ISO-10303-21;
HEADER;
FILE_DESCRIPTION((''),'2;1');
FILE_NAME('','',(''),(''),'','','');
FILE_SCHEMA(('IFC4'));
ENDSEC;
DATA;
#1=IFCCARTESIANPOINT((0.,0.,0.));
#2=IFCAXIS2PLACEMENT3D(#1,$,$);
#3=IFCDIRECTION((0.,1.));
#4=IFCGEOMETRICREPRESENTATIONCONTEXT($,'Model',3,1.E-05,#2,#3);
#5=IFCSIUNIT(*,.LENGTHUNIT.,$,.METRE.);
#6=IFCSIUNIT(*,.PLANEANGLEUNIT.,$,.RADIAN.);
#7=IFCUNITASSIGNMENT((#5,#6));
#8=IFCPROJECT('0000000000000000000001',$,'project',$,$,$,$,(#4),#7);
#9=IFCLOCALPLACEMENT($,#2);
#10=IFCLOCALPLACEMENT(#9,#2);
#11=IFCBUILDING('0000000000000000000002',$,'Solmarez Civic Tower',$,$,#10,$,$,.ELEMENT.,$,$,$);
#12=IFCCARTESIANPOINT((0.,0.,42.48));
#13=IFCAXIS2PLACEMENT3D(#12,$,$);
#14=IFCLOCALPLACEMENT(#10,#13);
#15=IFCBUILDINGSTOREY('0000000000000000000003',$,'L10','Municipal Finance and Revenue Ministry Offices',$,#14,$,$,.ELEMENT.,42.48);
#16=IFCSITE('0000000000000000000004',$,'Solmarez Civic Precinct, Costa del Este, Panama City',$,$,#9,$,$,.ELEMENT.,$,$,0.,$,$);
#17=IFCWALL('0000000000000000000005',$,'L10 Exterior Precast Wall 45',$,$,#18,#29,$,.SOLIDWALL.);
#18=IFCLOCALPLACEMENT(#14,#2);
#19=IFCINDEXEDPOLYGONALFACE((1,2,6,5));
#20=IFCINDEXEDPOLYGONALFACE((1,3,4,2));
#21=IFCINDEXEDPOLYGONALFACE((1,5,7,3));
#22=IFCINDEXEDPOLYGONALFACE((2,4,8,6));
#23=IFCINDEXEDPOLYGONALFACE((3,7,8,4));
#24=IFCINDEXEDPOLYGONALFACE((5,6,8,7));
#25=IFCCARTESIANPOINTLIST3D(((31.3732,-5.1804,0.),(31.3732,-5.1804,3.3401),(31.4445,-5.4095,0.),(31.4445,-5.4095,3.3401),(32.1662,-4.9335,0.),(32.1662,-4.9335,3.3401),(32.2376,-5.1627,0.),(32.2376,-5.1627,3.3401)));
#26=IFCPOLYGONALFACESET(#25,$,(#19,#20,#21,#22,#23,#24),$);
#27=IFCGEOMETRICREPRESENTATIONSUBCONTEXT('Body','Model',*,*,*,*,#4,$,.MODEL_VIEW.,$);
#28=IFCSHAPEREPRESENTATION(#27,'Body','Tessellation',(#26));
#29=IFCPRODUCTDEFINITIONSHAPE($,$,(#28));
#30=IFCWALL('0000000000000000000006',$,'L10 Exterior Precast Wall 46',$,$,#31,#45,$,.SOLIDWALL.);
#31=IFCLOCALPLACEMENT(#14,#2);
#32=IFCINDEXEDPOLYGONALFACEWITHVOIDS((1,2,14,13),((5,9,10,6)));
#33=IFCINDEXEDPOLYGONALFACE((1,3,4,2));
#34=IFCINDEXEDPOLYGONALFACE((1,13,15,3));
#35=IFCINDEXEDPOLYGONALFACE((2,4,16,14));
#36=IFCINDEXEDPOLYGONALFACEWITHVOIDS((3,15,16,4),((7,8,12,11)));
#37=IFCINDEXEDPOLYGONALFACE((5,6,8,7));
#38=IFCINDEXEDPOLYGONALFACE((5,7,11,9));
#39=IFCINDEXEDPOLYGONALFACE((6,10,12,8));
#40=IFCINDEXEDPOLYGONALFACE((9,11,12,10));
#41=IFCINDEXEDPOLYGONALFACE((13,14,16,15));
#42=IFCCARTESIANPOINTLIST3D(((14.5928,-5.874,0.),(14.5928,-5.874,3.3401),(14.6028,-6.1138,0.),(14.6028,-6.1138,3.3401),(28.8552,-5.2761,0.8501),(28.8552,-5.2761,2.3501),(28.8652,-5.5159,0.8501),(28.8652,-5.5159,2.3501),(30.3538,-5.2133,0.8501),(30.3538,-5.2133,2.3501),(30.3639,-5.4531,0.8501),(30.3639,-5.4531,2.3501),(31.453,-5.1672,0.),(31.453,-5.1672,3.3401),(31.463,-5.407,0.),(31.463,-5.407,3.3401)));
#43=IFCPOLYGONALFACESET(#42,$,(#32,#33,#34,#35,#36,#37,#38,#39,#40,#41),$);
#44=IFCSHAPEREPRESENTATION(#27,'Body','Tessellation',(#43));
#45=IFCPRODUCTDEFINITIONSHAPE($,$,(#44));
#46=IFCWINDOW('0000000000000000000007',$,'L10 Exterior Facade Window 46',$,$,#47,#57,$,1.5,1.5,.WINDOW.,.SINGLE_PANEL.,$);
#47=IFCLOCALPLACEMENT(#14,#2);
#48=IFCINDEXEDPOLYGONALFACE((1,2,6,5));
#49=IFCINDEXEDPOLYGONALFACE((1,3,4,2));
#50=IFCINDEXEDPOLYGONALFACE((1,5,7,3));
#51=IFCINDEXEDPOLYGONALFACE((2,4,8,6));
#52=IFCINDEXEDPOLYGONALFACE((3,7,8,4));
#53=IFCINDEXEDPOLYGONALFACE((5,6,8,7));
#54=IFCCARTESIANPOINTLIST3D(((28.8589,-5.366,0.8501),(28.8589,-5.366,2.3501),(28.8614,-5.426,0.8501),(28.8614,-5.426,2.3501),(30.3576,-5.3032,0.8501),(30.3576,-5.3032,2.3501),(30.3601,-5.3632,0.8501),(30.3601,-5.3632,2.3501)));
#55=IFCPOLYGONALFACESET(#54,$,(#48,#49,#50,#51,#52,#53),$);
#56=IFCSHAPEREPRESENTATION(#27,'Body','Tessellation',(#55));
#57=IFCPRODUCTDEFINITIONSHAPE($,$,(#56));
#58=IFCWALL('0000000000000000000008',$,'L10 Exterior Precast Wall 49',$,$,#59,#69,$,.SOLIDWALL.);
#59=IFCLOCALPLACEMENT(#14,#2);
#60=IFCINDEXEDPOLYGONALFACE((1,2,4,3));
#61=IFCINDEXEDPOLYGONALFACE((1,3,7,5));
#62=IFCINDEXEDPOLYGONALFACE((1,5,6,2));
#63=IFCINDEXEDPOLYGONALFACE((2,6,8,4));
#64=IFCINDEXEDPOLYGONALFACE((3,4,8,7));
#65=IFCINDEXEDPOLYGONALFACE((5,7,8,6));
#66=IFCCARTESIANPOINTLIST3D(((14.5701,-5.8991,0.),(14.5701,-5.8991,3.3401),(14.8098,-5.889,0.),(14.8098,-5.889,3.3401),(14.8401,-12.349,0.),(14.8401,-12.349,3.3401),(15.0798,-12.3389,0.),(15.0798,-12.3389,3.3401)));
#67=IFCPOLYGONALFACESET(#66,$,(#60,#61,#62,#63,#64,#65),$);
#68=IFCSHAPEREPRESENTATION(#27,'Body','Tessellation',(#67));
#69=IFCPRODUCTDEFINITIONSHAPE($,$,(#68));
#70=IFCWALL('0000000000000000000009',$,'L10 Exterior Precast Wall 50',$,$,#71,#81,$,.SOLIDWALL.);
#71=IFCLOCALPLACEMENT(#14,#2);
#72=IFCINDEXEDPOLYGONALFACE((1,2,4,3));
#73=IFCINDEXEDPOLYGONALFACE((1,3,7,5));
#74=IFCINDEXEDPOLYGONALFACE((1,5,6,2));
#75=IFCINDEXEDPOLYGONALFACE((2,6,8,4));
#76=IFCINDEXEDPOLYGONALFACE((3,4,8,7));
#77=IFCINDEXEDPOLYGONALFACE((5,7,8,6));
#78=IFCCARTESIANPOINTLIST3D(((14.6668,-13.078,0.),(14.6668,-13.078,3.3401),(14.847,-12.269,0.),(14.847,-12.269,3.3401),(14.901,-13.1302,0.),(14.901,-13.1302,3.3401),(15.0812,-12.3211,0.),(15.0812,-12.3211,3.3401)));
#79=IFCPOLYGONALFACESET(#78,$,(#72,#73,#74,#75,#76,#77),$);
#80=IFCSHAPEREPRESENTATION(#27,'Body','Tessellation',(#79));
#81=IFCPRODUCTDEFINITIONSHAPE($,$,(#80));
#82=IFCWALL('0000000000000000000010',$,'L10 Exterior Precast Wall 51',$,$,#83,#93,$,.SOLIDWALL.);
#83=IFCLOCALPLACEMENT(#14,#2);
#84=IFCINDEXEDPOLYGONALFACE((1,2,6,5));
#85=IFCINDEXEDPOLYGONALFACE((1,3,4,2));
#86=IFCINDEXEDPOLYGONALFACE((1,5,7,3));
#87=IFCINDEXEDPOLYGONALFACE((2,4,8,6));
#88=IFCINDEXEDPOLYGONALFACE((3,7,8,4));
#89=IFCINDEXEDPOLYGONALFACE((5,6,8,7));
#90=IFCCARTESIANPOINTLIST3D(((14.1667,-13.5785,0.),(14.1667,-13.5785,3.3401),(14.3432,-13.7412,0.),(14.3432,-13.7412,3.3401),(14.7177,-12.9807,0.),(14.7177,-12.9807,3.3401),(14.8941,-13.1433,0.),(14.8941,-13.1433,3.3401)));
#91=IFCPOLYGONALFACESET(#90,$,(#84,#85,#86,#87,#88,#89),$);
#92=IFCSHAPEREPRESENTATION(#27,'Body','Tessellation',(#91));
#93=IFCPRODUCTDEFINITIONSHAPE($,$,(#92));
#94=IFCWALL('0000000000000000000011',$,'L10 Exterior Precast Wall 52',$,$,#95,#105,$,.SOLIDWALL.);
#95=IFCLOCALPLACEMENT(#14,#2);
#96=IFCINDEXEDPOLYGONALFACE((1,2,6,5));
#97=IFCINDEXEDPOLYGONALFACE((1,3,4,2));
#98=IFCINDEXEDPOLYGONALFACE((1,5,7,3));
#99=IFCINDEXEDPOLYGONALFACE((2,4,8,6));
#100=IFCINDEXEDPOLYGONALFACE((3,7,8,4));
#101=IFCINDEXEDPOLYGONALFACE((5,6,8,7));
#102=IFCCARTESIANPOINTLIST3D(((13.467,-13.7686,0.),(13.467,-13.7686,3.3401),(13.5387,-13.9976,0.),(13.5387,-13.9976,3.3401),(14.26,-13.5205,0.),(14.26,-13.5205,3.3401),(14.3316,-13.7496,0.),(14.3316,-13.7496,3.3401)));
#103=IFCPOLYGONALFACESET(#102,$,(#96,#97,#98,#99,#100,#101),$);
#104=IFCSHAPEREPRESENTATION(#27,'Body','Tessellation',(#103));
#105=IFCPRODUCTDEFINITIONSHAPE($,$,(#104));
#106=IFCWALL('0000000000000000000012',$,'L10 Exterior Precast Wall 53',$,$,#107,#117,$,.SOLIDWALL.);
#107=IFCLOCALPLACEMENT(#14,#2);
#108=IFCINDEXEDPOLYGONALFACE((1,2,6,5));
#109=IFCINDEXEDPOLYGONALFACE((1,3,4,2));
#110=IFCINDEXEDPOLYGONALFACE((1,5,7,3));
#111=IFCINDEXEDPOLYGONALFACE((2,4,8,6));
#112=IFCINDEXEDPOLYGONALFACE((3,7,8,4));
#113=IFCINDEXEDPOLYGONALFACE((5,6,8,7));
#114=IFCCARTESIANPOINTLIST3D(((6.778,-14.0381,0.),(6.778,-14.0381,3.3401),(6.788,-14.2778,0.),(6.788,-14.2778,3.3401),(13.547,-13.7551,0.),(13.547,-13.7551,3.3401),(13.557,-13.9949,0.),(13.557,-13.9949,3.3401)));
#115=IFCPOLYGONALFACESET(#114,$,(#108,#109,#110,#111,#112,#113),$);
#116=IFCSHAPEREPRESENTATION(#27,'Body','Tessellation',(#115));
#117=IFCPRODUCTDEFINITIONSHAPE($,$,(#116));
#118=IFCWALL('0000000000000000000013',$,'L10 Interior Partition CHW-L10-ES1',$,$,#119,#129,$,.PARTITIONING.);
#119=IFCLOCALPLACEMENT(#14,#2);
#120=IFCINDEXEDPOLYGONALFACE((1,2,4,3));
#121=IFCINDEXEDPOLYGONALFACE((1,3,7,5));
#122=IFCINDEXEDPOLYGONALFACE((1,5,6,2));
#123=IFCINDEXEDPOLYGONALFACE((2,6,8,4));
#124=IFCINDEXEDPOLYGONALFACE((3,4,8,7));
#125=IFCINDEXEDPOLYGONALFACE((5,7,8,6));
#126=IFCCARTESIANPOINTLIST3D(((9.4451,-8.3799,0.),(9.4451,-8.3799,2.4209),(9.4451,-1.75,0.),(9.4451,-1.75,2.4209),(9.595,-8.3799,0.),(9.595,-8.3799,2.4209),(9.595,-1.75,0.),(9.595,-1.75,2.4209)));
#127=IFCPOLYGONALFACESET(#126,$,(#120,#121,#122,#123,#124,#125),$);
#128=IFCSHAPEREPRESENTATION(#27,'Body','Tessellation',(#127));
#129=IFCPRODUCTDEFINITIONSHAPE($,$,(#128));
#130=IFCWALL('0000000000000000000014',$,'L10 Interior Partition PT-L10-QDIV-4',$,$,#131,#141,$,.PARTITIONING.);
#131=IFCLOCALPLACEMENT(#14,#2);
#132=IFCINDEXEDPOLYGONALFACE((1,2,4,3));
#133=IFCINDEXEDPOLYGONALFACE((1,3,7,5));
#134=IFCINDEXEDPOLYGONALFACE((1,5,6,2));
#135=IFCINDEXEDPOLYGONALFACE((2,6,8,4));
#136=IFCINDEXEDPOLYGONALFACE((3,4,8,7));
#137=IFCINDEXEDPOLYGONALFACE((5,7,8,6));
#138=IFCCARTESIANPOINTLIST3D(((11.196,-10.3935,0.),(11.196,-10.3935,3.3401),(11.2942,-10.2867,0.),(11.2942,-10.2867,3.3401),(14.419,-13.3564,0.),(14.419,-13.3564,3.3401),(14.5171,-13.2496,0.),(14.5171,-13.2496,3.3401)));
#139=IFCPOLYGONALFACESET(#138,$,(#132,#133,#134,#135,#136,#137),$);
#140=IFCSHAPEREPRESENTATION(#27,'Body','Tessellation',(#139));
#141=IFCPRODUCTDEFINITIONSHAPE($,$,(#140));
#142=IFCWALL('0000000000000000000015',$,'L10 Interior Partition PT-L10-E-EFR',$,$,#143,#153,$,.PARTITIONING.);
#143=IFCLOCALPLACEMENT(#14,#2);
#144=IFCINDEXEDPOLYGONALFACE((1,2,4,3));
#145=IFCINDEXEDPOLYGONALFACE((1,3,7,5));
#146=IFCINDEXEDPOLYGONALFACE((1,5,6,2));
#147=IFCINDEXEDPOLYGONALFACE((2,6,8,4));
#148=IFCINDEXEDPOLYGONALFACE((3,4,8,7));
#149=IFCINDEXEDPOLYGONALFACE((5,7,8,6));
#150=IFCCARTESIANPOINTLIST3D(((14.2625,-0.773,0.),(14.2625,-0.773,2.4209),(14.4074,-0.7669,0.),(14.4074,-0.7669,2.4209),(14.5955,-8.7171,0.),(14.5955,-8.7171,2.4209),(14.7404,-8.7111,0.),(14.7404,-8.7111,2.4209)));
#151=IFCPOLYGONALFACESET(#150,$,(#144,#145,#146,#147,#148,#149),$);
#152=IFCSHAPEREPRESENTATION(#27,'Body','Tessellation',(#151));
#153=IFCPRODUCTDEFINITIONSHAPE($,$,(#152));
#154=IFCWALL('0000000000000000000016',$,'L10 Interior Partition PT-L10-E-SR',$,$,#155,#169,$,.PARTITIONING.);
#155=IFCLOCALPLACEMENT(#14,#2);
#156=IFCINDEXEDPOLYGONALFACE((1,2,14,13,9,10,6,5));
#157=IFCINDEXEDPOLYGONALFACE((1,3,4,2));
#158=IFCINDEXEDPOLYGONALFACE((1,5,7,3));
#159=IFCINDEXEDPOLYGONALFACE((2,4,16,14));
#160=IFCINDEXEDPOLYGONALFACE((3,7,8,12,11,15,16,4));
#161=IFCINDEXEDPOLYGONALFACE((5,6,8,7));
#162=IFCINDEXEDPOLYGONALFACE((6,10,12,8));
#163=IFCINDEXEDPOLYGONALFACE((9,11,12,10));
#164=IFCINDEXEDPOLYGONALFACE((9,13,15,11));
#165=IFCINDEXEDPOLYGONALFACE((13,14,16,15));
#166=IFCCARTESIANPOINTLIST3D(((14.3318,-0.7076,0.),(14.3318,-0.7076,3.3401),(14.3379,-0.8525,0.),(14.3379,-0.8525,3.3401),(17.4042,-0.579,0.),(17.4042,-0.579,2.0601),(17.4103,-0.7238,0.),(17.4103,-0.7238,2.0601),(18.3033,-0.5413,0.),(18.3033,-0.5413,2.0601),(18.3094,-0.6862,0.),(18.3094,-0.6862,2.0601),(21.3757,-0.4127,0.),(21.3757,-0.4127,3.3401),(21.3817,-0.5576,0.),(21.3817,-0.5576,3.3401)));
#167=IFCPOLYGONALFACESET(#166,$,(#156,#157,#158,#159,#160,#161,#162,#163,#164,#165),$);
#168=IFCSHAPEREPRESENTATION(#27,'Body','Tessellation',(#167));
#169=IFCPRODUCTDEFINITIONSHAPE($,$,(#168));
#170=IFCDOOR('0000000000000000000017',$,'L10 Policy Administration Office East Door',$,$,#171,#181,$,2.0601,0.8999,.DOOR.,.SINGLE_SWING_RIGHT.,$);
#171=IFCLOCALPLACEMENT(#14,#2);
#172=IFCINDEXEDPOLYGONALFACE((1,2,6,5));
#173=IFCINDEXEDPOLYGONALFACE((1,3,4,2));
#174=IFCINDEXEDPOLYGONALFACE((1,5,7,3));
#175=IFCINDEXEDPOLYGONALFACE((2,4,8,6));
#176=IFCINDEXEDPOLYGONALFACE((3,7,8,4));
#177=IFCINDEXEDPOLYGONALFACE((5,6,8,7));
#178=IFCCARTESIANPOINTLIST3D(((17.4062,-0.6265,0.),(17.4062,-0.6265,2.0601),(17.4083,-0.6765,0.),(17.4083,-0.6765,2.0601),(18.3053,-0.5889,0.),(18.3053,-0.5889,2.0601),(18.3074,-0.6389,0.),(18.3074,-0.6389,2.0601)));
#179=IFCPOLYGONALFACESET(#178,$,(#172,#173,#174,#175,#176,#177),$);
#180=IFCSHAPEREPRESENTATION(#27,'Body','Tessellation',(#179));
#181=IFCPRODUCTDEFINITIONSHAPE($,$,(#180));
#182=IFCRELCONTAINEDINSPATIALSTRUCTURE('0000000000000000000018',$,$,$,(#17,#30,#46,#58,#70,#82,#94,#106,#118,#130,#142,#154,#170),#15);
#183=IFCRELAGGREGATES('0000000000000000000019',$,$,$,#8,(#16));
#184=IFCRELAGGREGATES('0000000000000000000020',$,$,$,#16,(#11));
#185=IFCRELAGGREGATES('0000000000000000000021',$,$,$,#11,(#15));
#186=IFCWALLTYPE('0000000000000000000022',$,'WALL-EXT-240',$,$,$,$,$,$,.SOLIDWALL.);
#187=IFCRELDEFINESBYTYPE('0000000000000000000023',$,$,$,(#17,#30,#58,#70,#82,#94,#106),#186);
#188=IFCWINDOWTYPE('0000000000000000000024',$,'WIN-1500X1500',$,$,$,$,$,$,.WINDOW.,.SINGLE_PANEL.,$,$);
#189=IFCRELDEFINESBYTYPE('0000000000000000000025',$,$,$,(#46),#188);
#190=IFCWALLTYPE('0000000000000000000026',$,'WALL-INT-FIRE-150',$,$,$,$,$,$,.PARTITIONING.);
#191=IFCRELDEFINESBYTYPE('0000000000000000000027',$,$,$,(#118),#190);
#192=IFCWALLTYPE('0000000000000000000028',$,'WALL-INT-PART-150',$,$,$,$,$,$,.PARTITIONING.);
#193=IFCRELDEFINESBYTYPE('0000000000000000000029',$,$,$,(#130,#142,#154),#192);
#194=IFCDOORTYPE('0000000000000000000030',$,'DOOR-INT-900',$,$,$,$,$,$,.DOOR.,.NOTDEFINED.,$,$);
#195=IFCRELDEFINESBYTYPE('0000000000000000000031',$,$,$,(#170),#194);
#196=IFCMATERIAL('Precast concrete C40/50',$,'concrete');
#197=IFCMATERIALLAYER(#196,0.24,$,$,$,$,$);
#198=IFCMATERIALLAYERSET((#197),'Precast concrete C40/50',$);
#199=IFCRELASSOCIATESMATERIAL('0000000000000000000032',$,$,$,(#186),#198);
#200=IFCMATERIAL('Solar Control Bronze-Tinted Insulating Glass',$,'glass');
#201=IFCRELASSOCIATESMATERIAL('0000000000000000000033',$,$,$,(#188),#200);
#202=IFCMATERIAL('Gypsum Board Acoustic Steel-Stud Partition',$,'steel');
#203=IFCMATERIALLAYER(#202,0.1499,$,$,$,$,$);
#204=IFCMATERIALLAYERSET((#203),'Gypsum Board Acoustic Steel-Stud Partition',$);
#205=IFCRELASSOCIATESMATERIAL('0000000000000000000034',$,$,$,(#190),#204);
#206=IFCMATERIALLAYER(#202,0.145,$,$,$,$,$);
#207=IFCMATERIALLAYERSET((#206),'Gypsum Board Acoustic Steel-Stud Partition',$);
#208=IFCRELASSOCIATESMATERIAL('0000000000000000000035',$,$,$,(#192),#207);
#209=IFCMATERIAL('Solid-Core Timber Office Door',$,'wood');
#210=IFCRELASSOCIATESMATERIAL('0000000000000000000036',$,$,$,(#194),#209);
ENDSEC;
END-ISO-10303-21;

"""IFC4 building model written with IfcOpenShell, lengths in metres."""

from ifc_helpers import new_model, si_unit, direction, frame, frame_2d, origin, place, context, subcontext, project, spatial, rectangle, extrude, material, layer, layer_set, type_object, element, fill, save


model = new_model("IFC4")

# Units and contexts
model_context = context("Model", 3, precision=1e-05, world=origin(), true_north=direction((0.0, 1.0)))
body_context = subcontext(model_context, "Body", "Model", "MODEL_VIEW")
ifc_project = project(units=[si_unit("LENGTHUNIT", "METRE"), si_unit("PLANEANGLEUNIT", "RADIAN")], contexts=[model_context])

# Site, building, storey
site_placement = place(None, origin())
site = spatial("IfcSite", under=ifc_project, at=site_placement, Name="Solmarez Civic Precinct, Costa del Este, Panama City", CompositionType="ELEMENT", RefElevation=0.0)
building_placement = place(site_placement, origin())
building = spatial("IfcBuilding", under=site, at=building_placement, Name="Solmarez Civic Tower", CompositionType="ELEMENT")
storey_placement = place(building_placement, frame((0.0, 0.0, 42.48)))
storey = spatial("IfcBuildingStorey", under=building, at=storey_placement, Name="L10", Description="Municipal Finance and Revenue Ministry Offices", CompositionType="ELEMENT", Elevation=42.48)

# Wall
ifc_material_1 = material(Name="Precast concrete C40/50", Category="concrete")
ifc_layer_1 = layer(ifc_material_1, 0.24)
ifc_layer_set_1 = layer_set([ifc_layer_1], Name="Precast concrete C40/50")
wall_type_1 = type_object("IfcWallType", Name="WALL-EXT-240", PredefinedType="SOLIDWALL", material=ifc_layer_set_1)
wall_1_placement = place(storey_placement, frame((32.2019, -5.0481, 0.0), z_axis=(0.0, 0.0, 1.0), x_axis=(-0.954814, -0.297204, 0.0)))
element("IfcWall", 1, at=wall_1_placement, inside=storey, type_object=wall_type_1, Name="L10 Exterior Precast Wall 45", PredefinedType="SOLIDWALL", context=body_context, shape_type="SweptSolid", body=[
    extrude(rectangle(XDim=0.8306, YDim=0.24, at=frame_2d((0.4153, 0.0))), origin(), (0.0, 0.0, 1.0), 3.3401),
])

# Wall, opening, window
wall_2_placement = place(storey_placement, frame((31.458, -5.2871, 0.0), z_axis=(0.0, 0.0, 1.0), x_axis=(-0.999122, -0.041884, 0.0)))
wall_2 = element("IfcWall", 2, at=wall_2_placement, inside=storey, type_object=wall_type_1, Name="L10 Exterior Precast Wall 46", PredefinedType="SOLIDWALL", context=body_context, shape_type="SweptSolid", body=[
    extrude(rectangle(XDim=16.875, YDim=0.24, at=frame_2d((8.4375, 0.0))), origin(), (0.0, 0.0, 1.0), 3.3401),
])
opening_1_placement = place(wall_2_placement, frame((1.1001, 0.0, 0.8501)))
opening_1 = element("IfcOpeningElement", 3, at=opening_1_placement, cuts=wall_2, PredefinedType="OPENING", context=body_context, shape_type="SweptSolid", body=[
    extrude(rectangle(XDim=1.5, YDim=1.5, at=frame_2d((0.75, 0.75))), frame((0.0, 0.1299, 0.0), z_axis=(0.0, -1.0, 0.0), x_axis=(1.0, 0.0, 0.0)), (0.0, 0.0, 1.0), 0.26),
])
ifc_material_2 = material(Name="Solar Control Bronze-Tinted Insulating Glass", Category="glass")
window_type = type_object("IfcWindowType", Name="WIN-1500X1500", PartitioningType="SINGLE_PANEL", PredefinedType="WINDOW", material=ifc_material_2)
window_placement = place(opening_1_placement, origin())
window = element("IfcWindow", 4, at=window_placement, inside=storey, type_object=window_type, Name="L10 Exterior Facade Window 46", OverallHeight=1.5, OverallWidth=1.5, PartitioningType="SINGLE_PANEL", PredefinedType="WINDOW", context=body_context, shape_type="SweptSolid", body=[
    extrude(rectangle(XDim=1.5, YDim=1.5, at=frame_2d((0.75, 0.75))), frame((0.0, 0.03, 0.0), z_axis=(0.0, -1.0, 0.0), x_axis=(1.0, 0.0, 0.0)), (0.0, 0.0, 1.0), 0.0601),
])
fill(opening_1, window)

# Walls
wall_3_placement = place(storey_placement, frame((14.6899, -5.894, 0.0), z_axis=(0.0, 0.0, 1.0), x_axis=(0.041827, -0.999125, 0.0)))
element("IfcWall", 5, at=wall_3_placement, inside=storey, type_object=wall_type_1, Name="L10 Exterior Precast Wall 49", PredefinedType="SOLIDWALL", context=body_context, shape_type="SweptSolid", body=[
    extrude(rectangle(XDim=6.4556, YDim=0.24, at=frame_2d((3.2278, 0.0))), origin(), (0.0, 0.0, 1.0), 3.3401),
])
wall_4_placement = place(storey_placement, frame((14.9641, -12.2949, 0.0), z_axis=(0.0, 0.0, 1.0), x_axis=(-0.217367, -0.97609, 0.0)))
element("IfcWall", 6, at=wall_4_placement, inside=storey, type_object=wall_type_1, Name="L10 Exterior Precast Wall 50", PredefinedType="SOLIDWALL", context=body_context, shape_type="SweptSolid", body=[
    extrude(rectangle(XDim=0.8289, YDim=0.24, at=frame_2d((0.4146, 0.0))), origin(), (0.0, 0.0, 1.0), 3.3401),
])
wall_5_placement = place(storey_placement, frame((14.8059, -13.062, 0.0), z_axis=(0.0, 0.0, 1.0), x_axis=(-0.677694, -0.735344, 0.0)))
element("IfcWall", 7, at=wall_5_placement, inside=storey, type_object=wall_type_1, Name="L10 Exterior Precast Wall 51", PredefinedType="SOLIDWALL", context=body_context, shape_type="SweptSolid", body=[
    extrude(rectangle(XDim=0.813, YDim=0.24, at=frame_2d((0.4065, 0.0))), origin(), (0.0, 0.0, 1.0), 3.3401),
])
wall_6_placement = place(storey_placement, frame((14.2959, -13.635, 0.0), z_axis=(0.0, 0.0, 1.0), x_axis=(-0.954396, -0.298543, 0.0)))
element("IfcWall", 8, at=wall_6_placement, inside=storey, type_object=wall_type_1, Name="L10 Exterior Precast Wall 52", PredefinedType="SOLIDWALL", context=body_context, shape_type="SweptSolid", body=[
    extrude(rectangle(XDim=0.8308, YDim=0.24, at=frame_2d((0.4155, 0.0))), origin(), (0.0, 0.0, 1.0), 3.3401),
])
wall_7_placement = place(storey_placement, frame((13.552, -13.875, 0.0), z_axis=(0.0, 0.0, 1.0), x_axis=(-0.999127, -0.041765, 0.0)))
element("IfcWall", 9, at=wall_7_placement, inside=storey, type_object=wall_type_1, Name="L10 Exterior Precast Wall 53", PredefinedType="SOLIDWALL", context=body_context, shape_type="SweptSolid", body=[
    extrude(rectangle(XDim=6.7749, YDim=0.24, at=frame_2d((3.3875, 0.0))), origin(), (0.0, 0.0, 1.0), 3.3401),
])
ifc_material_3 = material(Name="Gypsum Board Acoustic Steel-Stud Partition", Category="steel")
ifc_layer_2 = layer(ifc_material_3, 0.1499)
ifc_layer_set_2 = layer_set([ifc_layer_2], Name="Gypsum Board Acoustic Steel-Stud Partition")
wall_type_2 = type_object("IfcWallType", Name="WALL-INT-FIRE-150", PredefinedType="PARTITIONING", material=ifc_layer_set_2)
wall_8_placement = place(storey_placement, frame((9.52, -8.3799, 0.0), z_axis=(0.0, 0.0, 1.0), x_axis=(0.0, 1.0, 0.0)))
element("IfcWall", 10, at=wall_8_placement, inside=storey, type_object=wall_type_2, Name="L10 Interior Partition CHW-L10-ES1", PredefinedType="PARTITIONING", context=body_context, shape_type="SweptSolid", body=[
    extrude(rectangle(XDim=6.6299, YDim=0.1499, at=frame_2d((3.3149, 0.0))), origin(), (0.0, 0.0, 1.0), 2.4209),
])
ifc_layer_3 = layer(ifc_material_3, 0.145)
ifc_layer_set_3 = layer_set([ifc_layer_3], Name="Gypsum Board Acoustic Steel-Stud Partition")
wall_type_3 = type_object("IfcWallType", Name="WALL-INT-PART-150", PredefinedType="PARTITIONING", material=ifc_layer_set_3)
wall_9_placement = place(storey_placement, frame((11.2451, -10.3401, 0.0), z_axis=(0.0, 0.0, 1.0), x_axis=(0.736179, -0.676787, 0.0)))
element("IfcWall", 11, at=wall_9_placement, inside=storey, type_object=wall_type_3, Name="L10 Interior Partition PT-L10-QDIV-4", PredefinedType="PARTITIONING", context=body_context, shape_type="SweptSolid", body=[
    extrude(rectangle(XDim=4.3779, YDim=0.145, at=frame_2d((2.189, 0.0))), origin(), (0.0, 0.0, 1.0), 3.3401),
])
wall_10_placement = place(storey_placement, frame((14.668, -8.7141, 0.0), z_axis=(0.0, 0.0, 1.0), x_axis=(-0.041882, 0.999123, 0.0)))
element("IfcWall", 12, at=wall_10_placement, inside=storey, type_object=wall_type_3, Name="L10 Interior Partition PT-L10-E-EFR", PredefinedType="PARTITIONING", context=body_context, shape_type="SweptSolid", body=[
    extrude(rectangle(XDim=7.9512, YDim=0.145, at=frame_2d((3.9756, 0.0))), origin(), (0.0, 0.0, 1.0), 2.4209),
])

# Wall, opening, door
wall_11_placement = place(storey_placement, frame((14.335, -0.78, 0.0), z_axis=(0.0, 0.0, 1.0), x_axis=(0.999125, 0.041832, 0.0)))
wall_11 = element("IfcWall", 13, at=wall_11_placement, inside=storey, type_object=wall_type_3, Name="L10 Interior Partition PT-L10-E-SR", PredefinedType="PARTITIONING", context=body_context, shape_type="SweptSolid", body=[
    extrude(rectangle(XDim=7.05, YDim=0.145, at=frame_2d((3.5249, 0.0))), origin(), (0.0, 0.0, 1.0), 3.3401),
])
opening_2_placement = place(wall_11_placement, frame((3.075, 0.0, 0.0)))
opening_2 = element("IfcOpeningElement", 14, at=opening_2_placement, cuts=wall_11, PredefinedType="OPENING", context=body_context, shape_type="SweptSolid", body=[
    extrude(rectangle(XDim=0.8999, YDim=2.0601, at=frame_2d((0.45, 1.03))), frame((0.0, 0.0825, 0.0), z_axis=(0.0, -1.0, 0.0), x_axis=(1.0, 0.0, 0.0)), (0.0, 0.0, 1.0), 0.165),
])
ifc_material_4 = material(Name="Solid-Core Timber Office Door", Category="wood")
door_type = type_object("IfcDoorType", Name="DOOR-INT-900", OperationType="NOTDEFINED", PredefinedType="DOOR", material=ifc_material_4)
door_placement = place(opening_2_placement, origin())
door = element("IfcDoor", 15, at=door_placement, inside=storey, type_object=door_type, Name="L10 Policy Administration Office East Door", OperationType="SINGLE_SWING_RIGHT", OverallHeight=2.0601, OverallWidth=0.8999, PredefinedType="DOOR", context=body_context, shape_type="SweptSolid", body=[
    extrude(rectangle(XDim=0.8999, YDim=2.0601, at=frame_2d((0.45, 1.03))), frame((0.0, 0.0249, 0.0), z_axis=(0.0, -1.0, 0.0), x_axis=(1.0, 0.0, 0.0)), (0.0, 0.0, 1.0), 0.05),
])
fill(opening_2, door)

save(model, "model.ifc")
